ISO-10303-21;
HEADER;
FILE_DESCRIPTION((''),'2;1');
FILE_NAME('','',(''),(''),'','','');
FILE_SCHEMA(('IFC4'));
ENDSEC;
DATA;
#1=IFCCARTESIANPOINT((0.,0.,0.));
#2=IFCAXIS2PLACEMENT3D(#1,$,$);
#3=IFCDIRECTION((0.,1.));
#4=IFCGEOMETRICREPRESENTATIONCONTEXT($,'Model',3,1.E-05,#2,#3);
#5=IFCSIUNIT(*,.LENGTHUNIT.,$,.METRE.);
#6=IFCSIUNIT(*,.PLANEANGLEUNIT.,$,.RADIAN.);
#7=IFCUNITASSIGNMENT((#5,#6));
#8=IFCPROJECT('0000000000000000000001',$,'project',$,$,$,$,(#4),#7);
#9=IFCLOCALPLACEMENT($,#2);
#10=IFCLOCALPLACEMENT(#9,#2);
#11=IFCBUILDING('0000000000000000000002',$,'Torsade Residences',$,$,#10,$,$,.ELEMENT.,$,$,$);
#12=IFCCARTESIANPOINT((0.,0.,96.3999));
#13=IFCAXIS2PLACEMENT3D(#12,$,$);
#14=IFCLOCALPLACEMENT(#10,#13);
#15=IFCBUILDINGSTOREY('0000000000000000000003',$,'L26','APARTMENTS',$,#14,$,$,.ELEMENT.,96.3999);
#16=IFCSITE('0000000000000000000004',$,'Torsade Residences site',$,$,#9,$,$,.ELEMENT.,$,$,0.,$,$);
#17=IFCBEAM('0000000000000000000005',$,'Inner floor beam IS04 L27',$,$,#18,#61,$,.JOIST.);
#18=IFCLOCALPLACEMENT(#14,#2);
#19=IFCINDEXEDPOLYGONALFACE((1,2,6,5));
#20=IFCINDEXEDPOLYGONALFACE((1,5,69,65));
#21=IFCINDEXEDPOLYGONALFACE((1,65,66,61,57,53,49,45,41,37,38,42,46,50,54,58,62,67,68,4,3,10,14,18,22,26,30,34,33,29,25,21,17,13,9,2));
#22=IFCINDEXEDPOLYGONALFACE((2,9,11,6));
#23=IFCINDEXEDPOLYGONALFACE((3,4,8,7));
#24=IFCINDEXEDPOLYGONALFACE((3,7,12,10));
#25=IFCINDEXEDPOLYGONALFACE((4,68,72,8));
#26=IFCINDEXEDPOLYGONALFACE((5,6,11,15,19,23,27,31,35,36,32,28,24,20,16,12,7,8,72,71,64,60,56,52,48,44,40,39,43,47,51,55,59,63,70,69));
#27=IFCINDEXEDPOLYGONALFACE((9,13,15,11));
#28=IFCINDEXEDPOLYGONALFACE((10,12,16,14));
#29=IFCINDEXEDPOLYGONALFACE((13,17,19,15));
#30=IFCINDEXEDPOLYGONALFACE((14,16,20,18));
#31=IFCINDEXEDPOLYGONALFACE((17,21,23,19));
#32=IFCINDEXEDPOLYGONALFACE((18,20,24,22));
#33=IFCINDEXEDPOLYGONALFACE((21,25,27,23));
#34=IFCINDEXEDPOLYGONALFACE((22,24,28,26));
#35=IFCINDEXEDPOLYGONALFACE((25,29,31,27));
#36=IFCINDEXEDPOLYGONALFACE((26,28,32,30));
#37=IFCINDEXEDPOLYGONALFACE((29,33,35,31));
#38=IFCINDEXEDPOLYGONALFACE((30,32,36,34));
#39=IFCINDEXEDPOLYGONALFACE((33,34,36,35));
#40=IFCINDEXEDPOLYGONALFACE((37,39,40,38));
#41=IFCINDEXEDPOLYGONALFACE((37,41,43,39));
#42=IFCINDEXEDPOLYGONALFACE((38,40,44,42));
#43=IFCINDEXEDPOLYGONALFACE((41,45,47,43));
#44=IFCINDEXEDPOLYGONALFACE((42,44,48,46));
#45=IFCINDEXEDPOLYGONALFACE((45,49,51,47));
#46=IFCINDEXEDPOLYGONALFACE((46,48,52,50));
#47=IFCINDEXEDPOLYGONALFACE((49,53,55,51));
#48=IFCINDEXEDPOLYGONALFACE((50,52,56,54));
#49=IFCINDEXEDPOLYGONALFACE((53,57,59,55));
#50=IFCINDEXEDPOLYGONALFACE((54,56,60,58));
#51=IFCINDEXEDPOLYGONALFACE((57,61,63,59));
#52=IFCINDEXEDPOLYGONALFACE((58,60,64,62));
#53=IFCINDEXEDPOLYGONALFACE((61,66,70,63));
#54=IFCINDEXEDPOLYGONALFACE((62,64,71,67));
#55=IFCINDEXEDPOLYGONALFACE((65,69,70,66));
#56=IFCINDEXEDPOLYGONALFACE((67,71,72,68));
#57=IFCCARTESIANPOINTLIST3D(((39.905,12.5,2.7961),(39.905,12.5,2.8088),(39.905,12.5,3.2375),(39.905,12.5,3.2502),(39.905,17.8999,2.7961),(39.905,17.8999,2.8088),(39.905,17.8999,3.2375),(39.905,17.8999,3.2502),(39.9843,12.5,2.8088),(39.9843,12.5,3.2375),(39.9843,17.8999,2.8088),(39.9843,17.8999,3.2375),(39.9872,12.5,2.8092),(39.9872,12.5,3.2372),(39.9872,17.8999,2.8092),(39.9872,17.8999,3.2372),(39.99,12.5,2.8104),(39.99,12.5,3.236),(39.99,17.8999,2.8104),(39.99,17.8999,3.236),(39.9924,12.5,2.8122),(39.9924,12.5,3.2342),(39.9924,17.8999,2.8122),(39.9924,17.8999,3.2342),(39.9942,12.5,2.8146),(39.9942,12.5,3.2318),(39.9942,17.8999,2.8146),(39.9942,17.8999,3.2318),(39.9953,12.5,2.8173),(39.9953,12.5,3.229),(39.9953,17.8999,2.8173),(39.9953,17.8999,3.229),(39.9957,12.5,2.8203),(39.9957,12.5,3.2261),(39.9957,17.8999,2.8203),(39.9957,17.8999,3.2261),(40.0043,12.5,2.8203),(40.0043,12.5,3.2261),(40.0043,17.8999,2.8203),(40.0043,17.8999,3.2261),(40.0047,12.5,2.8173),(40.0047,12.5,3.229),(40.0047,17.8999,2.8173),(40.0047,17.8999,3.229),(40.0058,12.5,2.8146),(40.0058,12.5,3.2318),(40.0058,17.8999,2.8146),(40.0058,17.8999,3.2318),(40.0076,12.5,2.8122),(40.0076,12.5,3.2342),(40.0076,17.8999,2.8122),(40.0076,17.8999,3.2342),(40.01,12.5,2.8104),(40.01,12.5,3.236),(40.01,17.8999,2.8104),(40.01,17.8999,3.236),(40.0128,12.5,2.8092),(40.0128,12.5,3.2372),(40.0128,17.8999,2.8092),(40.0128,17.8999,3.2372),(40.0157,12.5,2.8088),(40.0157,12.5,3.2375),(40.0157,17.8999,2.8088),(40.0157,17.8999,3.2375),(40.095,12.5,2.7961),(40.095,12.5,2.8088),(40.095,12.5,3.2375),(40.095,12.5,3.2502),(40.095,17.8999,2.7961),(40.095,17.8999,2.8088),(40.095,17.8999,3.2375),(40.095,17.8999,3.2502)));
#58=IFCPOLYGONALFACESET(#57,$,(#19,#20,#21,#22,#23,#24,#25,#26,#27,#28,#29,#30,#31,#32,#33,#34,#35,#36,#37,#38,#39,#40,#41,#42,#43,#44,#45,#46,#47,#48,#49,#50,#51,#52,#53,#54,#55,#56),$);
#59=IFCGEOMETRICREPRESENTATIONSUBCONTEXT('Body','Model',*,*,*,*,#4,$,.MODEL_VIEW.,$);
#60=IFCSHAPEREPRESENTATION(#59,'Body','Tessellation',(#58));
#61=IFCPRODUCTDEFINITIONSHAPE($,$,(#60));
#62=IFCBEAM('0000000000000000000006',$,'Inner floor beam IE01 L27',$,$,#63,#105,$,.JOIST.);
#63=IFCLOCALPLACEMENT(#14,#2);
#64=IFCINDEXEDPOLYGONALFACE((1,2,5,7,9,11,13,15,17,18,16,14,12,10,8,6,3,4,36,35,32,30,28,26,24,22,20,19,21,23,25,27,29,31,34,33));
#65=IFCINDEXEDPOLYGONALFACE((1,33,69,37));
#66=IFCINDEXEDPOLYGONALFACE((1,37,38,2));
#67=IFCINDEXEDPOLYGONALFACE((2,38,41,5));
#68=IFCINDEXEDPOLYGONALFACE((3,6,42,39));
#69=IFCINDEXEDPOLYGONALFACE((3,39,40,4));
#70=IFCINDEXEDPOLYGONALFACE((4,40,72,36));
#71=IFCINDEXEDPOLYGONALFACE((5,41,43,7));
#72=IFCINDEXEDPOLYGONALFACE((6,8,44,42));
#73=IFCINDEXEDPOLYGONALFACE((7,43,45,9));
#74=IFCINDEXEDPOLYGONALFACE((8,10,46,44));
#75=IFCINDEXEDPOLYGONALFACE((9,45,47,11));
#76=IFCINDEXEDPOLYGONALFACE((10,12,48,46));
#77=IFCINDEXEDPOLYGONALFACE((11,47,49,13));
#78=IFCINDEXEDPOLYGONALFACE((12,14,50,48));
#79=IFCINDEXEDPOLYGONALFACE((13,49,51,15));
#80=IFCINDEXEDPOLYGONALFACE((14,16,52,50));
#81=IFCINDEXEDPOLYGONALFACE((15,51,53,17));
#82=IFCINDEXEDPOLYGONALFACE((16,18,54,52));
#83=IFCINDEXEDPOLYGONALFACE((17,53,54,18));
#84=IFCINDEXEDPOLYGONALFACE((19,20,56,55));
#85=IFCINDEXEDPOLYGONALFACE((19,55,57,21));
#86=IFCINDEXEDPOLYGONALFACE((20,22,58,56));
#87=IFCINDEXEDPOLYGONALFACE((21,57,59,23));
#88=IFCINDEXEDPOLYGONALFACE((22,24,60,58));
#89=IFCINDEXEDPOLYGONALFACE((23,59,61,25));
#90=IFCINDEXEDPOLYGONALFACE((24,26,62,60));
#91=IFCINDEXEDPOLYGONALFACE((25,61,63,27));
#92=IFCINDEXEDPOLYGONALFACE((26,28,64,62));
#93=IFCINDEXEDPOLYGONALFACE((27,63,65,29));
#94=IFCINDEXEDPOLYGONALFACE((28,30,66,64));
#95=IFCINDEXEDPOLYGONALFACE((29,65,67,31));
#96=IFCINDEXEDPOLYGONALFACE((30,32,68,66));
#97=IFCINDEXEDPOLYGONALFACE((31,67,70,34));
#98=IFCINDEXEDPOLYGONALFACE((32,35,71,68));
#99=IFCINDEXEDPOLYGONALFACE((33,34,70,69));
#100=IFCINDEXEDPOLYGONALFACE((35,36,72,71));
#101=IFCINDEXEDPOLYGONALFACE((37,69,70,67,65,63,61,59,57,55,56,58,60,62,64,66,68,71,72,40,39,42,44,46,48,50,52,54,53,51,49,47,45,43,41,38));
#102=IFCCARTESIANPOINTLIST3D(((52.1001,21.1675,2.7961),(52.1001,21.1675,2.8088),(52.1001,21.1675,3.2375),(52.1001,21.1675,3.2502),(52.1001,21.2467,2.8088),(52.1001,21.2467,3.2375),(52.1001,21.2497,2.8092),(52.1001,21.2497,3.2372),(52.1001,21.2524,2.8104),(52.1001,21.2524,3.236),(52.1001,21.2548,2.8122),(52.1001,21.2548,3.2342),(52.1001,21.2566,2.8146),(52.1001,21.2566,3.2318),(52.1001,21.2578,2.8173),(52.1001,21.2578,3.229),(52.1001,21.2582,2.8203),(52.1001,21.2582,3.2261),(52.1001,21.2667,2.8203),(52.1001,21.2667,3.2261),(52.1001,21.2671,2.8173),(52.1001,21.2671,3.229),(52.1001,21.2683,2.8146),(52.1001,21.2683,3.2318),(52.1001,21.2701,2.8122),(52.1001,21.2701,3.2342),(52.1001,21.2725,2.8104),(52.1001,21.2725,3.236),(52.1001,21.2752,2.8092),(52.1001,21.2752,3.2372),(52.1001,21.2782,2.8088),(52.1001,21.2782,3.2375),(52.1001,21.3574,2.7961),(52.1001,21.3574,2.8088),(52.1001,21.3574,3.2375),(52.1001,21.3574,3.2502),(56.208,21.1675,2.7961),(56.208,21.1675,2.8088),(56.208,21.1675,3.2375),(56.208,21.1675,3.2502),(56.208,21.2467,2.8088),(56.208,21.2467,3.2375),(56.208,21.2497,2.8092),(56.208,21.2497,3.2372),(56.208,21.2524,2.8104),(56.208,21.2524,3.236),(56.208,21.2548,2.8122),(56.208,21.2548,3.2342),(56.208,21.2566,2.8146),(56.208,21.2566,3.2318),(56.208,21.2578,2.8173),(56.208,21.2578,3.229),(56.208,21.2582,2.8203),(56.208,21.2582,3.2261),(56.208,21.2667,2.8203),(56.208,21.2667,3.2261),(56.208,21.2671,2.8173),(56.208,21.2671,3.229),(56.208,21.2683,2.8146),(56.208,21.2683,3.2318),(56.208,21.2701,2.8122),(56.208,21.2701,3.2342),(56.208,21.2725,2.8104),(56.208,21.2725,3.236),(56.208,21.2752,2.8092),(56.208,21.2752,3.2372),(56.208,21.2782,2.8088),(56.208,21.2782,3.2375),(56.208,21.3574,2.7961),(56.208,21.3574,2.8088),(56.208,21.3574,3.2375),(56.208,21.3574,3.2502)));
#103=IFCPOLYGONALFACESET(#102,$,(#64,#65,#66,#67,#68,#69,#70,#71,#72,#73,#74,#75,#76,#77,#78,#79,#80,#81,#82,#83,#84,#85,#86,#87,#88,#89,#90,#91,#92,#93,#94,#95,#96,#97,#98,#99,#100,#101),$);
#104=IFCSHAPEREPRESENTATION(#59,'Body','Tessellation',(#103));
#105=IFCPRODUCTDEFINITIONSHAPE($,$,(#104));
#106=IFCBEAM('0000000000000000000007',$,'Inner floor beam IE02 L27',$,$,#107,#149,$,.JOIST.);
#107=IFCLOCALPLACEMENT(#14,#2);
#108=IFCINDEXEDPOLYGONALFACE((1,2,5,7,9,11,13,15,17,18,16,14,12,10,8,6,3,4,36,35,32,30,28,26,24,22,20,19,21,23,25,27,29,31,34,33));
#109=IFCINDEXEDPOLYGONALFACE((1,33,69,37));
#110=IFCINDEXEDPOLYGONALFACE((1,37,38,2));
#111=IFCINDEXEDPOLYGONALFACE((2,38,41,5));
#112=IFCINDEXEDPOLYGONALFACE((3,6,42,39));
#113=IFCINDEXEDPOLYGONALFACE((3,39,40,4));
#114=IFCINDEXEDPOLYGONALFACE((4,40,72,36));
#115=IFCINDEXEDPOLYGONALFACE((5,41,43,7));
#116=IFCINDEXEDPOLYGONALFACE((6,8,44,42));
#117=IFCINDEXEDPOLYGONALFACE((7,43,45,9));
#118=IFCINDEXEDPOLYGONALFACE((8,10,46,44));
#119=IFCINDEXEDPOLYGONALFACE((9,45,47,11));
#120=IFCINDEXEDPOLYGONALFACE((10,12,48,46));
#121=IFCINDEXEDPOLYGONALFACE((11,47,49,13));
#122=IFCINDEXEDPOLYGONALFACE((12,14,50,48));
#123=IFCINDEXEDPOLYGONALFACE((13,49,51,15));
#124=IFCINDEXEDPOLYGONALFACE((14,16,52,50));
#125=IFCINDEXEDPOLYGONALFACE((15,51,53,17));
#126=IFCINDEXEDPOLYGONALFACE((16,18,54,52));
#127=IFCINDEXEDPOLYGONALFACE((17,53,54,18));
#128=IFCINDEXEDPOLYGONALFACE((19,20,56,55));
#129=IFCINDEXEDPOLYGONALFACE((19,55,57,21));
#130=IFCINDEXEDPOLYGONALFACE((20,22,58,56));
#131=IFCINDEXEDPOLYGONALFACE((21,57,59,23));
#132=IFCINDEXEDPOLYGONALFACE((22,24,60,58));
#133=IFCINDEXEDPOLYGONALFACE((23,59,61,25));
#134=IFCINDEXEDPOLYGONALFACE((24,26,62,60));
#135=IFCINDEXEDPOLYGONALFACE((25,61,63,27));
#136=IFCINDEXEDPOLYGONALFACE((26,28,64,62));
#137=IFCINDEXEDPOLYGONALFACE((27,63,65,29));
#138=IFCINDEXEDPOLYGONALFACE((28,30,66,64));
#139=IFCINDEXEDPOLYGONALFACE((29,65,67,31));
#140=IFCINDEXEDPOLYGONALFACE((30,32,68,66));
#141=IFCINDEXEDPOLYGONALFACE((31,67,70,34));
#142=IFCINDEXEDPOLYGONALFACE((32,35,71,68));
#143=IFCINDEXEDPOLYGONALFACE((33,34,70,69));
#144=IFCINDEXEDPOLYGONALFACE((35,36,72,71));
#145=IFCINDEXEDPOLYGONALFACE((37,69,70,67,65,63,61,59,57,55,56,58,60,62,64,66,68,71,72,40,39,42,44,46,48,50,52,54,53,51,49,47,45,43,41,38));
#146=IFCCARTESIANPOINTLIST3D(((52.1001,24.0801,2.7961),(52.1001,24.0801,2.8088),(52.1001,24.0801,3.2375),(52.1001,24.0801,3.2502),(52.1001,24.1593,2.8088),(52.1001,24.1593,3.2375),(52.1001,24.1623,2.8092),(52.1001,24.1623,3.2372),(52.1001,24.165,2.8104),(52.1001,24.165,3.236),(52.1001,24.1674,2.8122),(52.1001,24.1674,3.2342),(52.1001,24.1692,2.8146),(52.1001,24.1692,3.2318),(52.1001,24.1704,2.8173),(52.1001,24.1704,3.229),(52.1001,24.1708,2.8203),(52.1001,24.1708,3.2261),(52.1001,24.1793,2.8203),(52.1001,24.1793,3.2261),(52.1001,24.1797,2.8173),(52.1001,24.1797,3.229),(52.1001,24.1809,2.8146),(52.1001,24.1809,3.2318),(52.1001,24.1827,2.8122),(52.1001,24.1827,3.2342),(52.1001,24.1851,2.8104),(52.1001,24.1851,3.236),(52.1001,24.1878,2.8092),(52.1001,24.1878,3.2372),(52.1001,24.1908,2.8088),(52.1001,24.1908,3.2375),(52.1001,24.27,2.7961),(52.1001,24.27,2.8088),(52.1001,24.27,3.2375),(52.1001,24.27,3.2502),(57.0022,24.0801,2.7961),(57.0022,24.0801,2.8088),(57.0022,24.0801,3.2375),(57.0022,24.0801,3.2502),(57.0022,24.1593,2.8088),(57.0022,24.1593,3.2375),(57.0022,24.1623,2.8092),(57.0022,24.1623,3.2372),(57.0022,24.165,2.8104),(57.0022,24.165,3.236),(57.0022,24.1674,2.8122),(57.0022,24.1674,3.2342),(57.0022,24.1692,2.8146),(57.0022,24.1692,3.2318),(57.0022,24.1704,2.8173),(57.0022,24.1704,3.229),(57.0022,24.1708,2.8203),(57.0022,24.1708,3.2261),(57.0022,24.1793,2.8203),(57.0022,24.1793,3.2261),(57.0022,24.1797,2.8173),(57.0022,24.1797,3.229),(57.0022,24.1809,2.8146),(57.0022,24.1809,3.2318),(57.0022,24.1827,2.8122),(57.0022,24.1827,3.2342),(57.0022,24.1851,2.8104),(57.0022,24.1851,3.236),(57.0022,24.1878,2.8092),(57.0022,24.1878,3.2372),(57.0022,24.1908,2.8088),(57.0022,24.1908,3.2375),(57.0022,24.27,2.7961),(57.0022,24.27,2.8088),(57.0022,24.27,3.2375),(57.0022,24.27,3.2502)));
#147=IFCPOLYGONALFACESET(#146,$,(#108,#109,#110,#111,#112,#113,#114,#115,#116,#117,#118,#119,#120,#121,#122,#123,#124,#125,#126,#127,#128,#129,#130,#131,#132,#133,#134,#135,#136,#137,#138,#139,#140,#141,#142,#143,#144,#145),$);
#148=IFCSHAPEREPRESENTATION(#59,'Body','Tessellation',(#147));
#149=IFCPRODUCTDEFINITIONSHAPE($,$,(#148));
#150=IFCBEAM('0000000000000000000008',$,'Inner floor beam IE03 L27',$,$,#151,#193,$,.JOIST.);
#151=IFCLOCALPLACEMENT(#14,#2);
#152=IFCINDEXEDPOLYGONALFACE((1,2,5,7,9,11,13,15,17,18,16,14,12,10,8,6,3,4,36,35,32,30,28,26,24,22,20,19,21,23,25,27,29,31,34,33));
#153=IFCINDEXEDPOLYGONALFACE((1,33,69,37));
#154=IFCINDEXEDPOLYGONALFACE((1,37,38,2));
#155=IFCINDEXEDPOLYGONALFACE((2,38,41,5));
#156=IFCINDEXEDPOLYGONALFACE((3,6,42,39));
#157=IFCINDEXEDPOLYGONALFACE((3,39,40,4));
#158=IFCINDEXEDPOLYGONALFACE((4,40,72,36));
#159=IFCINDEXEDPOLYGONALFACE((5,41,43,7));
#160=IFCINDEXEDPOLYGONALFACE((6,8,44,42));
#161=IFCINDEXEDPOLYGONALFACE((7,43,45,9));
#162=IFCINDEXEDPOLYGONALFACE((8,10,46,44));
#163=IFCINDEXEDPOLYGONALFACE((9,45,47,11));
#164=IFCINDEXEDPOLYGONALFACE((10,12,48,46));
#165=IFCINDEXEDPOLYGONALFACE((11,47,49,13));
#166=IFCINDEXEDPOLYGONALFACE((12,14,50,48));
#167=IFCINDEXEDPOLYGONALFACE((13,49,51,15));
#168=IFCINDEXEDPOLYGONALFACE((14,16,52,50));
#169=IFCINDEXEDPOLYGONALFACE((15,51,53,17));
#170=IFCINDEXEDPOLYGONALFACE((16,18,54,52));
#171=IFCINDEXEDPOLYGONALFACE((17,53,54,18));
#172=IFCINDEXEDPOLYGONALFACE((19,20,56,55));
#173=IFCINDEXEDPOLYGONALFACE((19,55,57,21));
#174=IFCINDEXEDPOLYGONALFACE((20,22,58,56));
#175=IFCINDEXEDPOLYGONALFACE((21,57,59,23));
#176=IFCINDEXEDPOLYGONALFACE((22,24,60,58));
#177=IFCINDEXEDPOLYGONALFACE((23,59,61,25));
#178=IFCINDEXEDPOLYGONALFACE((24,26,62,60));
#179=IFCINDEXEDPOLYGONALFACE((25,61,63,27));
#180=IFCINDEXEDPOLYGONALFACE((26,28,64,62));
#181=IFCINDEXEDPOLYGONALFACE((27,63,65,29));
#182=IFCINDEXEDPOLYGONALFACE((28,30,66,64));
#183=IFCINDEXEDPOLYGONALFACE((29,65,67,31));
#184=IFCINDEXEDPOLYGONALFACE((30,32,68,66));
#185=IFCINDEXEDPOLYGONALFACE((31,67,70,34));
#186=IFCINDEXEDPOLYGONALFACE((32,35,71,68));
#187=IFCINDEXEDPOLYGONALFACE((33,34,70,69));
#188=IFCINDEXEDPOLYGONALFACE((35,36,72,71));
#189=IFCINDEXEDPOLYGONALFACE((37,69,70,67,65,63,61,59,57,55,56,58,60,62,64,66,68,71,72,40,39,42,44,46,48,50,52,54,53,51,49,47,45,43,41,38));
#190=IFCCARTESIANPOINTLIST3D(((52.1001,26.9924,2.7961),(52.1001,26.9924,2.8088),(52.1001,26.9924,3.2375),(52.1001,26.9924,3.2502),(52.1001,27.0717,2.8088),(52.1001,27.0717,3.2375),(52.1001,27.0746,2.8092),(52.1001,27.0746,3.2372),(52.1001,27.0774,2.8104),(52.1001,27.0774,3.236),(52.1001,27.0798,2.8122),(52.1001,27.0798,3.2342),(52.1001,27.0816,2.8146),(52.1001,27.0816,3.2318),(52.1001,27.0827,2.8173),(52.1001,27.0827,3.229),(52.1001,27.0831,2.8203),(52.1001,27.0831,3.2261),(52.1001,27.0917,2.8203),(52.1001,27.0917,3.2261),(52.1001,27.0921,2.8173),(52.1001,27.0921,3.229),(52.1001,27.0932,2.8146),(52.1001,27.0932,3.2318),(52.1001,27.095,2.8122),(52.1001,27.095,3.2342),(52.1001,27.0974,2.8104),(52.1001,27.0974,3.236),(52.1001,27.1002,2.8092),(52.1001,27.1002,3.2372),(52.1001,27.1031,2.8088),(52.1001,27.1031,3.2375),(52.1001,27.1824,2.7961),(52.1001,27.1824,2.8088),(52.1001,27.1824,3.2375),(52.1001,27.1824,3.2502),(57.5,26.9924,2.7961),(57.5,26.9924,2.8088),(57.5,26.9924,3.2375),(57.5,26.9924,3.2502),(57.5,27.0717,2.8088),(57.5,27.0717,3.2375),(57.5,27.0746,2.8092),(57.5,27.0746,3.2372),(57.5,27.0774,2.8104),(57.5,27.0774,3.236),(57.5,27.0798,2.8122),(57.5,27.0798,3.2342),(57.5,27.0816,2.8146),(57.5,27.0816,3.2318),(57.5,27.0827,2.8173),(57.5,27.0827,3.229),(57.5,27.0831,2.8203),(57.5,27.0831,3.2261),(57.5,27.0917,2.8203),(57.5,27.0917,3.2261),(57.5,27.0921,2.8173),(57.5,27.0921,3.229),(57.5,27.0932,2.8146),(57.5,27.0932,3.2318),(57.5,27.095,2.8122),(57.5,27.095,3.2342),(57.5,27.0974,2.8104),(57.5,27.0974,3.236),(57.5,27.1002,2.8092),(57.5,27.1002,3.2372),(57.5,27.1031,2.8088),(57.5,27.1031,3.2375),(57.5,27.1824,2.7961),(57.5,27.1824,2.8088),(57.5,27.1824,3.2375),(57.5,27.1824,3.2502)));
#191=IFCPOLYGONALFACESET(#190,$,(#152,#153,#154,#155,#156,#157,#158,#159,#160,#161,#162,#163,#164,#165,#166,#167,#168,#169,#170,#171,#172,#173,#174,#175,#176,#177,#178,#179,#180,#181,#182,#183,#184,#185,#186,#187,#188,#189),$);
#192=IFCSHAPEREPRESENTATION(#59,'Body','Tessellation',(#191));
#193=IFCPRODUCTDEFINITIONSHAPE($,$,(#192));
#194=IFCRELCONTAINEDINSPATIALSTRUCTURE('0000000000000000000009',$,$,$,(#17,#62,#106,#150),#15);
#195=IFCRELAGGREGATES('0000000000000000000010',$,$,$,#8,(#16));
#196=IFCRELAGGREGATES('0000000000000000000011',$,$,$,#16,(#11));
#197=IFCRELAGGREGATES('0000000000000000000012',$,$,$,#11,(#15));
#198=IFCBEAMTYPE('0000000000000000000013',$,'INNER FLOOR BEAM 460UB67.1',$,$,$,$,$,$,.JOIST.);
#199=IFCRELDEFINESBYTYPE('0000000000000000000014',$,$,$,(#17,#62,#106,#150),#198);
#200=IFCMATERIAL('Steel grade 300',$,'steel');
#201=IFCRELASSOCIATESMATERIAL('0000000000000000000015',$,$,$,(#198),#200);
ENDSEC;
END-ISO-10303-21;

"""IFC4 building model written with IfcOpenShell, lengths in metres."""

from ifc_helpers import new_model, si_unit, direction, frame, origin, origin_2d, place, context, subcontext, project, spatial, i_section, extrude, material, material_profile, profile_set, type_object, element, save


model = new_model("IFC4")

# Units and contexts
model_context = context("Model", 3, precision=1e-05, world=origin(), true_north=direction((0.0, 1.0)))
body_context = subcontext(model_context, "Body", "Model", "MODEL_VIEW")
ifc_project = project(units=[si_unit("LENGTHUNIT", "METRE"), si_unit("PLANEANGLEUNIT", "RADIAN")], contexts=[model_context])

# Site, building, storey
site_placement = place(None, origin())
site = spatial("IfcSite", under=ifc_project, at=site_placement, Name="Torsade Residences site", CompositionType="ELEMENT", RefElevation=0.0)
building_placement = place(site_placement, origin())
building = spatial("IfcBuilding", under=site, at=building_placement, Name="Torsade Residences", CompositionType="ELEMENT")
storey_placement = place(building_placement, frame((0.0, 0.0, 96.3999)))
storey = spatial("IfcBuildingStorey", under=building, at=storey_placement, Name="L26", Description="APARTMENTS", CompositionType="ELEMENT", Elevation=96.3999)

# Beams
ifc_material_1 = material(Name="Steel grade 300", Category="steel")
ifc_material_profile_1 = material_profile(ifc_material_1, i_section(OverallWidth=0.1899, OverallDepth=0.4541, WebThickness=0.0085, FlangeThickness=0.0127, FilletRadius=0.0115, at=origin_2d()), Name="460UB67.1")
ifc_profile_set_1 = profile_set([ifc_material_profile_1], Name="Steel grade 300")
beam_type_1 = type_object("IfcBeamType", Name="INNER FLOOR BEAM 460UB67.1", PredefinedType="JOIST", material=ifc_profile_set_1)
for number, where, z_axis, x_axis, name in (
    (1, (40.0, 17.8999, 3.0232), (0.0, -1.0, 0.0), (1.0, 0.0, 0.0), "Inner floor beam IS04 L27"),
):
    element("IfcBeam", number, at=place(storey_placement, frame(where, z_axis=z_axis, x_axis=x_axis)), inside=storey, type_object=beam_type_1, Name=name, PredefinedType="JOIST", context=body_context, shape_type="SweptSolid", body=[
        extrude(i_section(OverallWidth=0.1899, OverallDepth=0.4541, WebThickness=0.0085, FlangeThickness=0.0127, FilletRadius=0.0115, at=origin_2d()), origin(), (0.0, 0.0, 1.0), 5.3999),
    ])
beam_1_placement = place(storey_placement, frame((52.1001, 21.2625, 3.0232), z_axis=(1.0, 0.0, 0.0), x_axis=(0.0, 1.0, 0.0)))
element("IfcBeam", 2, at=beam_1_placement, inside=storey, type_object=beam_type_1, Name="Inner floor beam IE01 L27", PredefinedType="JOIST", context=body_context, shape_type="SweptSolid", body=[
    extrude(i_section(OverallWidth=0.1899, OverallDepth=0.4541, WebThickness=0.0085, FlangeThickness=0.0127, FilletRadius=0.0115, at=origin_2d()), origin(), (0.0, 0.0, 1.0), 4.1079),
])
beam_2_placement = place(storey_placement, frame((52.1001, 24.175, 3.0232), z_axis=(1.0, 0.0, 0.0), x_axis=(0.0, 1.0, 0.0)))
element("IfcBeam", 3, at=beam_2_placement, inside=storey, type_object=beam_type_1, Name="Inner floor beam IE02 L27", PredefinedType="JOIST", context=body_context, shape_type="SweptSolid", body=[
    extrude(i_section(OverallWidth=0.1899, OverallDepth=0.4541, WebThickness=0.0085, FlangeThickness=0.0127, FilletRadius=0.0115, at=origin_2d()), origin(), (0.0, 0.0, 1.0), 4.9021),
])
beam_3_placement = place(storey_placement, frame((52.1001, 27.0874, 3.0232), z_axis=(1.0, 0.0, 0.0), x_axis=(0.0, 1.0, 0.0)))
element("IfcBeam", 4, at=beam_3_placement, inside=storey, type_object=beam_type_1, Name="Inner floor beam IE03 L27", PredefinedType="JOIST", context=body_context, shape_type="SweptSolid", body=[
    extrude(i_section(OverallWidth=0.1899, OverallDepth=0.4541, WebThickness=0.0085, FlangeThickness=0.0127, FilletRadius=0.0115, at=origin_2d()), origin(), (0.0, 0.0, 1.0), 5.3999),
])

save(model, "model.ifc")
